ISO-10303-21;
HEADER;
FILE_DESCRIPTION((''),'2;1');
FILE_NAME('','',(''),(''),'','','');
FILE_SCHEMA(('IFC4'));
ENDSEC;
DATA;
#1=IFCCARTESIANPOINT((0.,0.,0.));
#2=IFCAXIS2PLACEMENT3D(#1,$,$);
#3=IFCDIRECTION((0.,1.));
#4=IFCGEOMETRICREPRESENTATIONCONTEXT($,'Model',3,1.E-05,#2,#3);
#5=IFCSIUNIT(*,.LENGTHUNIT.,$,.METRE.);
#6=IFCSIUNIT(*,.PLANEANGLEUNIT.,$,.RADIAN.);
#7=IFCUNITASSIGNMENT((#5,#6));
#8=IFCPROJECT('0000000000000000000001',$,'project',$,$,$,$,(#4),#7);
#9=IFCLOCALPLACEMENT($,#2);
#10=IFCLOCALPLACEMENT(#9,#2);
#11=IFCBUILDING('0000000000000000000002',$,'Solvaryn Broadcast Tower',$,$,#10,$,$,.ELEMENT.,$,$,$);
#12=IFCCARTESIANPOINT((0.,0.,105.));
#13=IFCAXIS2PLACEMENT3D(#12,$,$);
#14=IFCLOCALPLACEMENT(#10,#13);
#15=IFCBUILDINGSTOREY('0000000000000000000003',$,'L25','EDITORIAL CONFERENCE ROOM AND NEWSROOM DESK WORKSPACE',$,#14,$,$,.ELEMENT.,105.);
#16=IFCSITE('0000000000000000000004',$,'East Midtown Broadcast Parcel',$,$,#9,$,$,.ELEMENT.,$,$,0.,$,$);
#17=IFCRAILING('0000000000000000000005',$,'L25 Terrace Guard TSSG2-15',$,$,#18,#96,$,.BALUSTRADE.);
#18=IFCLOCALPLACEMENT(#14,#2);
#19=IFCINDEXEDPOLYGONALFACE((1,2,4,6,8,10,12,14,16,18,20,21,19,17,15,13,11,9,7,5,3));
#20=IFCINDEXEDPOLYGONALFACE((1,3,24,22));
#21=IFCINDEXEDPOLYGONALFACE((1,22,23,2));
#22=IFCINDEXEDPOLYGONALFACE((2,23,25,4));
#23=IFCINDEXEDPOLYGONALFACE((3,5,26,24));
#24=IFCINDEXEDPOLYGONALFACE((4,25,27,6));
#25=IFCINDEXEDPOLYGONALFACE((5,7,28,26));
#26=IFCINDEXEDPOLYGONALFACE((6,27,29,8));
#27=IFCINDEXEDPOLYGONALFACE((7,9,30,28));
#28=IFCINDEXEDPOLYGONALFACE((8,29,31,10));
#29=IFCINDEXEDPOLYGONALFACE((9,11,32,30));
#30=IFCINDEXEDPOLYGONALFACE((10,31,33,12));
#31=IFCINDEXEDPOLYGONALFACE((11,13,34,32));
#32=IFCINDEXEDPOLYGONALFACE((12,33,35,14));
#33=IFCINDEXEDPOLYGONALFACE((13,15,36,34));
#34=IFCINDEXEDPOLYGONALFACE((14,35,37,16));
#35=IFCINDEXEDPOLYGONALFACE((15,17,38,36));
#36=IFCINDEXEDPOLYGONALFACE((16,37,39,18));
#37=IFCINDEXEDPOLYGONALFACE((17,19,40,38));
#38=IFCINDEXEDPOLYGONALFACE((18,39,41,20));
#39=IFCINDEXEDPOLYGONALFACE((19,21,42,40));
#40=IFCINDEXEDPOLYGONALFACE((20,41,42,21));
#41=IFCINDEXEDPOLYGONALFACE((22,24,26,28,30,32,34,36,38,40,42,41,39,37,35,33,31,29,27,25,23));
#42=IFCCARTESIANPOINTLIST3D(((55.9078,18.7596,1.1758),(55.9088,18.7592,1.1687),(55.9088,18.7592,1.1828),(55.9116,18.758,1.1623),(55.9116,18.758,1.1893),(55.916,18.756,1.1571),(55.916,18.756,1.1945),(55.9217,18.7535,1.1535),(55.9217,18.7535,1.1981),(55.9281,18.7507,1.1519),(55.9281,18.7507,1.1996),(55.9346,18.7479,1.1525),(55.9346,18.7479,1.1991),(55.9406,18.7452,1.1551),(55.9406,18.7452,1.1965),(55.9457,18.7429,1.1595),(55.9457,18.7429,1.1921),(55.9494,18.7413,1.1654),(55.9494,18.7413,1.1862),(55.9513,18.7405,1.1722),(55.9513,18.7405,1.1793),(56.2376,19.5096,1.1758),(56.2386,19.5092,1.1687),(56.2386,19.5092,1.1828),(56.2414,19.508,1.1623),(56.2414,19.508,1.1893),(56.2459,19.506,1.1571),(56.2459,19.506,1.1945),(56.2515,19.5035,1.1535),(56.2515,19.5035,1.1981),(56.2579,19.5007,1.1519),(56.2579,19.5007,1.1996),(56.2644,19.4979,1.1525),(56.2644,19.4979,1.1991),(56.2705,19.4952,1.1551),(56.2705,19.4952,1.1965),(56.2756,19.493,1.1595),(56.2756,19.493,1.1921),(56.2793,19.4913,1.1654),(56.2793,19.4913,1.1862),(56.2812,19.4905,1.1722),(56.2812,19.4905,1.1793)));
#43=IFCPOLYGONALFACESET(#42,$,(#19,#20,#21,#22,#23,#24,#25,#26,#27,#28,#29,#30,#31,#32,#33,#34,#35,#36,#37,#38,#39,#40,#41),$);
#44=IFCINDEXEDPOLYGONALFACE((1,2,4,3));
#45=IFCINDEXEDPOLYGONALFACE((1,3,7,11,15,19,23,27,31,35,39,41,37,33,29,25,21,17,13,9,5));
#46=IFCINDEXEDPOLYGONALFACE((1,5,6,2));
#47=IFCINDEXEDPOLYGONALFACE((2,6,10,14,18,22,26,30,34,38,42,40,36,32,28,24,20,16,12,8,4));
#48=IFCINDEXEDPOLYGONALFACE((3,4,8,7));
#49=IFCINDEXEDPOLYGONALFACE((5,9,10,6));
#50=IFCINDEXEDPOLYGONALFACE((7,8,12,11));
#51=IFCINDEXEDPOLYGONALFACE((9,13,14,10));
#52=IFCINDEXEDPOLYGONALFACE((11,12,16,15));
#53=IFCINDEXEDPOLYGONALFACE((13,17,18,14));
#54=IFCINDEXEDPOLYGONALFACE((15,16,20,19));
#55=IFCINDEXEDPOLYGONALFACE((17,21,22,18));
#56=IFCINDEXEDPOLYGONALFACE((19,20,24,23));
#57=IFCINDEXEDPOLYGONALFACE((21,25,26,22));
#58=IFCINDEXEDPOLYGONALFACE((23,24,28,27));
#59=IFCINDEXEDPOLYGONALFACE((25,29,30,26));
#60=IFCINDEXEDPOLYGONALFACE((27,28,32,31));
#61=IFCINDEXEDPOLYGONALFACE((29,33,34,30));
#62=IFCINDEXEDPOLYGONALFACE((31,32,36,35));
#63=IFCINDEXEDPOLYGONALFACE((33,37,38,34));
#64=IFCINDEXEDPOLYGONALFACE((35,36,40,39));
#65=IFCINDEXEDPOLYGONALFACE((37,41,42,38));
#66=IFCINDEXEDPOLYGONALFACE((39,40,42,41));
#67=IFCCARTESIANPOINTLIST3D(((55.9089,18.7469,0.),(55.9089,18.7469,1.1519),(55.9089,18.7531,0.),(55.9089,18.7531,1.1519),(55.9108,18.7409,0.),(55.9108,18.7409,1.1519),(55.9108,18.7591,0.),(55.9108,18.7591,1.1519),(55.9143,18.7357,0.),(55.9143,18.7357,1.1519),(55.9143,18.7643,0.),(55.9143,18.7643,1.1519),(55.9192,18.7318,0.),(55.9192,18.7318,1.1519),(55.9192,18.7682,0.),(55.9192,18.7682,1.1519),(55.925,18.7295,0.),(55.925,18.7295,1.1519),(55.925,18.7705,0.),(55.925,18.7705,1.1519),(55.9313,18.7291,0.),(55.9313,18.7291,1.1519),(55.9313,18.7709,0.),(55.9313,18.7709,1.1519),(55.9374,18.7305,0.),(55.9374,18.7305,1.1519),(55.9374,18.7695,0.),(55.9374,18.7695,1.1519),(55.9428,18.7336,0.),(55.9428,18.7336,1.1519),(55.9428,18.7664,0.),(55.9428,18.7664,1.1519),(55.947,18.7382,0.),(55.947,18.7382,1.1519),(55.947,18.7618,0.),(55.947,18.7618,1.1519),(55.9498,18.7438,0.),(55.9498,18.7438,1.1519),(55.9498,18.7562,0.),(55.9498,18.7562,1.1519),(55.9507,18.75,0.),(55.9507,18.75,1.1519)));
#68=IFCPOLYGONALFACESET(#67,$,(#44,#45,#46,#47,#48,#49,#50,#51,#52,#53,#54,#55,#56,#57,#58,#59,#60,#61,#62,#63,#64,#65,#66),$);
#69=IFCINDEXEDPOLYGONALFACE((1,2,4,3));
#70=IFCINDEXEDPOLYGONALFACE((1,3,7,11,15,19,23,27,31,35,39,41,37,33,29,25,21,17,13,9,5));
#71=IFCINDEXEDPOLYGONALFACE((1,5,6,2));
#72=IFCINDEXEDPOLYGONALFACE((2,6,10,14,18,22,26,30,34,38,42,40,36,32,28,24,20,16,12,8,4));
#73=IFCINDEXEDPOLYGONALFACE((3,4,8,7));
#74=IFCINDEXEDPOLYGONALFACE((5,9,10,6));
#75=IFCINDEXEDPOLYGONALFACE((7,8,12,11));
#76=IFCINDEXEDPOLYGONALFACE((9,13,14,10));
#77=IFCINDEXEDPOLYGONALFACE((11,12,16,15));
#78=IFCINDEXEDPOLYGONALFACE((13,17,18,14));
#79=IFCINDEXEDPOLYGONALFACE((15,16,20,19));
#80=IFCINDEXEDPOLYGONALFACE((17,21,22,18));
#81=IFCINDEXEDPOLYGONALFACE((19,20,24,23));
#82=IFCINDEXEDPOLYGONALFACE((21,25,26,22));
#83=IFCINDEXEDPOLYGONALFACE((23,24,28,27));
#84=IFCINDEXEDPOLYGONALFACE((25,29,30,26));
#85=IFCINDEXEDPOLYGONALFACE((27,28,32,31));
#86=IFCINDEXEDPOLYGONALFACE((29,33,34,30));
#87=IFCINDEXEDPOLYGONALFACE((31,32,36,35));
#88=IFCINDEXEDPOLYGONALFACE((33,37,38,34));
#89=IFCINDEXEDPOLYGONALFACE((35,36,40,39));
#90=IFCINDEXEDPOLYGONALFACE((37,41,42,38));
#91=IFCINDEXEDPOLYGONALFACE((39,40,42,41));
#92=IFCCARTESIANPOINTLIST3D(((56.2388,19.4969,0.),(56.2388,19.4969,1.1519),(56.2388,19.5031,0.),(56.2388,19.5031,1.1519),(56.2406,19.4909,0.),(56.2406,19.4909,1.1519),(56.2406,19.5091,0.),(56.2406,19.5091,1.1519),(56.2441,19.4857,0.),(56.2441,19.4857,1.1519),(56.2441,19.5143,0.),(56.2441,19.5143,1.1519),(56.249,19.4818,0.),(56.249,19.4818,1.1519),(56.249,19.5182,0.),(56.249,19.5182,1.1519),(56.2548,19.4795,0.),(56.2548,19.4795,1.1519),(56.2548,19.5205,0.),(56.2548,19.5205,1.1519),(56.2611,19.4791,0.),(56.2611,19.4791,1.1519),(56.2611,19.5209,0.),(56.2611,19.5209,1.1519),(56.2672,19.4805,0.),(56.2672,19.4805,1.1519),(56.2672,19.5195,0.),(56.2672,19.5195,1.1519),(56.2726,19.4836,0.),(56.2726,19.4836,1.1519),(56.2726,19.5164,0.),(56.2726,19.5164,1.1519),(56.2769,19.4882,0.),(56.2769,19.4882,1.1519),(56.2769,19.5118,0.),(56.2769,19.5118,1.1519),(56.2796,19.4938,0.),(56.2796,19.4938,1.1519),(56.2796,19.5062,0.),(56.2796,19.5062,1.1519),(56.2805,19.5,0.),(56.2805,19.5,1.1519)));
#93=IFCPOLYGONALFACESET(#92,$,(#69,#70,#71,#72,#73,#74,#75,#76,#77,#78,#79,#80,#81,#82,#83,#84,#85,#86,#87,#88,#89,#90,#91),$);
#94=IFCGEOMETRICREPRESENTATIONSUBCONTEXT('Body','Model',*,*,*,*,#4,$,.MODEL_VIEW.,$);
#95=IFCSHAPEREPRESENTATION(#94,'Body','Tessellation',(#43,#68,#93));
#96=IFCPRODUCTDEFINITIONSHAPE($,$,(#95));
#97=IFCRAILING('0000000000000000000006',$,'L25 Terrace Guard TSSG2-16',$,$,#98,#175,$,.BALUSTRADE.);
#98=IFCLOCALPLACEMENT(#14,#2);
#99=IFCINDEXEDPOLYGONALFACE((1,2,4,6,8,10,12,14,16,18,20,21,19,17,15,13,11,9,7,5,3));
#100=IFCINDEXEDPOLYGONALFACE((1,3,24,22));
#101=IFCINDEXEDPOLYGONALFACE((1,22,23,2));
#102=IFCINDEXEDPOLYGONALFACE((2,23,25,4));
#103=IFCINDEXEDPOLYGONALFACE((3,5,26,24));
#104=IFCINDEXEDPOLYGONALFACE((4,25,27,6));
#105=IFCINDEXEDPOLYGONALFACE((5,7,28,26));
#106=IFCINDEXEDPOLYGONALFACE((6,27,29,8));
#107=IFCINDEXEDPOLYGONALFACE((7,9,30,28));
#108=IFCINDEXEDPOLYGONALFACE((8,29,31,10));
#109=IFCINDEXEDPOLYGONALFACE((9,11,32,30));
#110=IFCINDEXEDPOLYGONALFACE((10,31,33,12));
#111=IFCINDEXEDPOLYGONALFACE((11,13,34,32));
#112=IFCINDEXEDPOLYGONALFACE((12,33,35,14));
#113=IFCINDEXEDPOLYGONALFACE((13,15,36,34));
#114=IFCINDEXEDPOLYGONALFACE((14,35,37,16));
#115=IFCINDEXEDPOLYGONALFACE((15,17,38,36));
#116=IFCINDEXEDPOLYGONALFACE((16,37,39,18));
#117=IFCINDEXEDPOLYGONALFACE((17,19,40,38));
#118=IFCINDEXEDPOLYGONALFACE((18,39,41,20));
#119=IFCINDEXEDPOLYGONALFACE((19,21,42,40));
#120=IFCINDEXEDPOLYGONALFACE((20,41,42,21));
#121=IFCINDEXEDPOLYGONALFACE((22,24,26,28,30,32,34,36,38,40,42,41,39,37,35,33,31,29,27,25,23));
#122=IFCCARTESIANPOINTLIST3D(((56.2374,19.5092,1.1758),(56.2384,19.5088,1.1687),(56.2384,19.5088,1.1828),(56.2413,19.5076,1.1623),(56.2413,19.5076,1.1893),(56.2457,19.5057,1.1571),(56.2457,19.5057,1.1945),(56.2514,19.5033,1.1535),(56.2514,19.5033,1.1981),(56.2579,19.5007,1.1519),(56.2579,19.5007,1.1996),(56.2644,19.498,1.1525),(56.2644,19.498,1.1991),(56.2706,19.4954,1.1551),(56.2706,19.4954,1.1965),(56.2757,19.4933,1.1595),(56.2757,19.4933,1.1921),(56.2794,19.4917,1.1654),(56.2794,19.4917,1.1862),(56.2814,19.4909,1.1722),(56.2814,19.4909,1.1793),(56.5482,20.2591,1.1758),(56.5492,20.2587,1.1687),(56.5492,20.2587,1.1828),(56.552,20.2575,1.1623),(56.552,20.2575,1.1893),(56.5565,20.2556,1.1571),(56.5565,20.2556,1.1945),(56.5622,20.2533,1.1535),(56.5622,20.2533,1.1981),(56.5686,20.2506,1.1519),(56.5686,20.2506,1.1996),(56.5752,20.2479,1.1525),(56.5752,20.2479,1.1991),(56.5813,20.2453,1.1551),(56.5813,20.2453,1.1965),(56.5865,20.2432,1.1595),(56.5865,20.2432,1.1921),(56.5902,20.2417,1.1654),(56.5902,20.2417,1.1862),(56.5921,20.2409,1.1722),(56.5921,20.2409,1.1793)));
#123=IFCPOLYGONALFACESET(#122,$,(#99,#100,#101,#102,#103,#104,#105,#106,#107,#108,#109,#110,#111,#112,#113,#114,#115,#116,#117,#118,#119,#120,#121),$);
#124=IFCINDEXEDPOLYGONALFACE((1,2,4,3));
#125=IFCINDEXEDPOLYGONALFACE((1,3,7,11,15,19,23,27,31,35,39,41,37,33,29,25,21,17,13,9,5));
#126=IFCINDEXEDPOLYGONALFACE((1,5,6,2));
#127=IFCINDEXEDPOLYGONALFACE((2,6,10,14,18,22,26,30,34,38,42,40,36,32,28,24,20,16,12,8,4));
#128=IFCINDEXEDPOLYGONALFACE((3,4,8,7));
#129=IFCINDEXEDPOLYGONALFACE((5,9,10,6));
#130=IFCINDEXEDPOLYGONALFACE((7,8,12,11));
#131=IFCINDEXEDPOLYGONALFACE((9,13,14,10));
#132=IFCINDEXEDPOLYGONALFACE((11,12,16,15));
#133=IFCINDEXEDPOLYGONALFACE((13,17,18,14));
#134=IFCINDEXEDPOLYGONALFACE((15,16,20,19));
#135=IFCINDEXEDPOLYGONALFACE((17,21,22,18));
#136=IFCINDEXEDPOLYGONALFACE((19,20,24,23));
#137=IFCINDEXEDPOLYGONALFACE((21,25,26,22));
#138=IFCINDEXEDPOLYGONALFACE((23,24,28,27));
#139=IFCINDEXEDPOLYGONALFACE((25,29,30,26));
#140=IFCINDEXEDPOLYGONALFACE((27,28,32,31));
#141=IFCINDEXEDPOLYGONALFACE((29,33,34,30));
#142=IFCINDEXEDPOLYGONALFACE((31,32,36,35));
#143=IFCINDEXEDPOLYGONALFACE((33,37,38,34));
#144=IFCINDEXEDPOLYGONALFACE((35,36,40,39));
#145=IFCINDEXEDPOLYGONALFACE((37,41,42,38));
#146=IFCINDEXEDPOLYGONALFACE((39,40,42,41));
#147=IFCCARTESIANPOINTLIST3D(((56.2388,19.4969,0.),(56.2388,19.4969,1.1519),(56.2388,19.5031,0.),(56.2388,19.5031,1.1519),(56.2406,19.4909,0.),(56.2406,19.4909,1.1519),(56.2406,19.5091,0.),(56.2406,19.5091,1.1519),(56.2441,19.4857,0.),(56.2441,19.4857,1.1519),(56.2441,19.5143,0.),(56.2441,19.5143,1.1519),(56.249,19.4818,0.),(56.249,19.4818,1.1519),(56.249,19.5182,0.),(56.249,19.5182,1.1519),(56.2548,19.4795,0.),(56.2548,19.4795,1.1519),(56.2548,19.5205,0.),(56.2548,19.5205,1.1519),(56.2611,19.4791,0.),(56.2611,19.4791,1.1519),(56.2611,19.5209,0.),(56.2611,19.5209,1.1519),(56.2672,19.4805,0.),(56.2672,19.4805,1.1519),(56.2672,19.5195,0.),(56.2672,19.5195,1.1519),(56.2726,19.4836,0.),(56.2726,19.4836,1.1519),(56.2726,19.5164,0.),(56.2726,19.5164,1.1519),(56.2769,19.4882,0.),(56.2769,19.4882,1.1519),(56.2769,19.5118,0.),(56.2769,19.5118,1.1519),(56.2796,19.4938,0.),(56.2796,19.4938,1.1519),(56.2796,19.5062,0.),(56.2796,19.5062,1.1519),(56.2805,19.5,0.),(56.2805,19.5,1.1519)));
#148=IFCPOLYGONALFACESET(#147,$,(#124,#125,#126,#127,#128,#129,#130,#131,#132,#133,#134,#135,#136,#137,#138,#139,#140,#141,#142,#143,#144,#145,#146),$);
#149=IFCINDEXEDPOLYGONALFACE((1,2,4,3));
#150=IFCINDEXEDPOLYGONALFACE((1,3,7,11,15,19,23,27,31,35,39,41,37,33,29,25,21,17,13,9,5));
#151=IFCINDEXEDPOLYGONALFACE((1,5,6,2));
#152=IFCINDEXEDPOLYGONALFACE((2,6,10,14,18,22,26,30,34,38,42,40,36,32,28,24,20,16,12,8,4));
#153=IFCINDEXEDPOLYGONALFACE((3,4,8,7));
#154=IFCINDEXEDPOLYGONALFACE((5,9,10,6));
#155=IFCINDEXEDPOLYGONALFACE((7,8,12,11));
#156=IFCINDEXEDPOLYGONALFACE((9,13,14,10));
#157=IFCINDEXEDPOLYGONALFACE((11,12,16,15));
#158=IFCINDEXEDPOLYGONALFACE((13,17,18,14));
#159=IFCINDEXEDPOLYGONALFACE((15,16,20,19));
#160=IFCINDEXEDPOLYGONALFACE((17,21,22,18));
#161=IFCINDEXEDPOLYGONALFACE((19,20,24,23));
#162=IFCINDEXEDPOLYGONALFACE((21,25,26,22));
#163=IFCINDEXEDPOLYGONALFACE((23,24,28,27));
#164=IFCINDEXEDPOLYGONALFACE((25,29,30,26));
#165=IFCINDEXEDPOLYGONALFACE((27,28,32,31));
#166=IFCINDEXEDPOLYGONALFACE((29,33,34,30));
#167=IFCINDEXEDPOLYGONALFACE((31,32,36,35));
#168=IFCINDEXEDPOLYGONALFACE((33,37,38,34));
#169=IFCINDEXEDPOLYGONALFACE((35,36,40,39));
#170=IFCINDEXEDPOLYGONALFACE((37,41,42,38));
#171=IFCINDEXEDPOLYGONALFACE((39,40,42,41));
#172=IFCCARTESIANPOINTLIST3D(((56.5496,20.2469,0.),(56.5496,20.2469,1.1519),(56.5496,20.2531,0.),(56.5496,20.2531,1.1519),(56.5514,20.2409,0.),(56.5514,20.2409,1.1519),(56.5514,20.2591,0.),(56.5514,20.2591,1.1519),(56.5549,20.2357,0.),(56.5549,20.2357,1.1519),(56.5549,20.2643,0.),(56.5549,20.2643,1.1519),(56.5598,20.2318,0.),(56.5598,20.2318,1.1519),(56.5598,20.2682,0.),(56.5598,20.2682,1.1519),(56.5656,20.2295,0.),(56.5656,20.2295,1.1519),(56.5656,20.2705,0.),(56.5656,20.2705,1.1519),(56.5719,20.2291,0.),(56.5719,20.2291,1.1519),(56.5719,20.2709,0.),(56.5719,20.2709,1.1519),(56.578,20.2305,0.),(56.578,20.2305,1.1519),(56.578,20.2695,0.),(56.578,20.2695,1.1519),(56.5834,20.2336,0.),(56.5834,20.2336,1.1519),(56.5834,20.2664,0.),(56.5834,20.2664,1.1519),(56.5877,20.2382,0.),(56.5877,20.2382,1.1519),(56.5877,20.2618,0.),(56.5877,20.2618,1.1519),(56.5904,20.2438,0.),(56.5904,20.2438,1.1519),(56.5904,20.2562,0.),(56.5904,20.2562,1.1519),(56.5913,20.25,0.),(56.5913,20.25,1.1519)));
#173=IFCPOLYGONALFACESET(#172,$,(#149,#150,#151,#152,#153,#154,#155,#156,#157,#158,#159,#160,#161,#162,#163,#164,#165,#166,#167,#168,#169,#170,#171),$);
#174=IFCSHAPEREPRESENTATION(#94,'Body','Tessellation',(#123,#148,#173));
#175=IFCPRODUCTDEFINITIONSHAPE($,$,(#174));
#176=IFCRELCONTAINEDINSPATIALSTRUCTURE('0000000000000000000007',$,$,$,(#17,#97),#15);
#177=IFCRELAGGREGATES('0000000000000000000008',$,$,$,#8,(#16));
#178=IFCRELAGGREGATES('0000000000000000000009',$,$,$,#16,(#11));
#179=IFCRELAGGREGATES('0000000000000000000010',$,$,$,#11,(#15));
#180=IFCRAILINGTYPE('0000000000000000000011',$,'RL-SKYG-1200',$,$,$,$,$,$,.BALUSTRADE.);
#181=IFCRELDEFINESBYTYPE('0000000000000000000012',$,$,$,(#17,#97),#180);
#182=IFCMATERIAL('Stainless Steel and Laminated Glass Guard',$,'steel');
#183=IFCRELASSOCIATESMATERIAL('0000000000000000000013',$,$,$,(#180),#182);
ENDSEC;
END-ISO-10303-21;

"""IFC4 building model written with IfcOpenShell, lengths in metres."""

from ifc_helpers import new_model, si_unit, direction, frame, origin, origin_2d, place, context, subcontext, project, spatial, circle, extrude, material, type_object, element, save


model = new_model("IFC4")

# Units and contexts
model_context = context("Model", 3, precision=1e-05, world=origin(), true_north=direction((0.0, 1.0)))
body_context = subcontext(model_context, "Body", "Model", "MODEL_VIEW")
ifc_project = project(units=[si_unit("LENGTHUNIT", "METRE"), si_unit("PLANEANGLEUNIT", "RADIAN")], contexts=[model_context])

# Site, building, storey
site_placement = place(None, origin())
site = spatial("IfcSite", under=ifc_project, at=site_placement, Name="East Midtown Broadcast Parcel", CompositionType="ELEMENT", RefElevation=0.0)
building_placement = place(site_placement, origin())
building = spatial("IfcBuilding", under=site, at=building_placement, Name="Solvaryn Broadcast Tower", CompositionType="ELEMENT")
storey_placement = place(building_placement, frame((0.0, 0.0, 105.0)))
storey = spatial("IfcBuildingStorey", under=building, at=storey_placement, Name="L25", Description="EDITORIAL CONFERENCE ROOM AND NEWSROOM DESK WORKSPACE", CompositionType="ELEMENT", Elevation=105.0)

# Railings
ifc_material_1 = material(Name="Stainless Steel and Laminated Glass Guard", Category="steel")
railing_type = type_object("IfcRailingType", Name="RL-SKYG-1200", PredefinedType="BALUSTRADE", material=ifc_material_1)
railing_1_placement = place(storey_placement, frame((55.9297, 18.75, 0.0)))
element("IfcRailing", 1, at=railing_1_placement, inside=storey, type_object=railing_type, Name="L25 Terrace Guard TSSG2-15", PredefinedType="BALUSTRADE", context=body_context, shape_type="SweptSolid", body=[
    extrude(circle(Radius=0.0239, at=origin_2d()), frame((0.0, 0.0, 1.1758), z_axis=(0.402569, 0.91539, 0.0), x_axis=(-0.91539, 0.402569, 0.0)), (0.0, 0.0, 1.0), 0.8193),
    extrude(circle(Radius=0.021, at=origin_2d()), origin(), (0.0, 0.0, 1.0), 1.1519),
    extrude(circle(Radius=0.021, at=origin_2d()), frame((0.3298, 0.75, 0.0)), (0.0, 0.0, 1.0), 1.1519),
])
railing_2_placement = place(storey_placement, frame((56.2595, 19.5, 0.0)))
element("IfcRailing", 2, at=railing_2_placement, inside=storey, type_object=railing_type, Name="L25 Terrace Guard TSSG2-16", PredefinedType="BALUSTRADE", context=body_context, shape_type="SweptSolid", body=[
    extrude(circle(Radius=0.0239, at=origin_2d()), frame((0.0, 0.0, 1.1758), z_axis=(0.382821, 0.923823, 0.0), x_axis=(-0.923823, 0.382821, 0.0)), (0.0, 0.0, 1.0), 0.8118),
    extrude(circle(Radius=0.021, at=origin_2d()), origin(), (0.0, 0.0, 1.0), 1.1519),
    extrude(circle(Radius=0.021, at=origin_2d()), frame((0.3108, 0.75, 0.0)), (0.0, 0.0, 1.0), 1.1519),
])

save(model, "model.ifc")
